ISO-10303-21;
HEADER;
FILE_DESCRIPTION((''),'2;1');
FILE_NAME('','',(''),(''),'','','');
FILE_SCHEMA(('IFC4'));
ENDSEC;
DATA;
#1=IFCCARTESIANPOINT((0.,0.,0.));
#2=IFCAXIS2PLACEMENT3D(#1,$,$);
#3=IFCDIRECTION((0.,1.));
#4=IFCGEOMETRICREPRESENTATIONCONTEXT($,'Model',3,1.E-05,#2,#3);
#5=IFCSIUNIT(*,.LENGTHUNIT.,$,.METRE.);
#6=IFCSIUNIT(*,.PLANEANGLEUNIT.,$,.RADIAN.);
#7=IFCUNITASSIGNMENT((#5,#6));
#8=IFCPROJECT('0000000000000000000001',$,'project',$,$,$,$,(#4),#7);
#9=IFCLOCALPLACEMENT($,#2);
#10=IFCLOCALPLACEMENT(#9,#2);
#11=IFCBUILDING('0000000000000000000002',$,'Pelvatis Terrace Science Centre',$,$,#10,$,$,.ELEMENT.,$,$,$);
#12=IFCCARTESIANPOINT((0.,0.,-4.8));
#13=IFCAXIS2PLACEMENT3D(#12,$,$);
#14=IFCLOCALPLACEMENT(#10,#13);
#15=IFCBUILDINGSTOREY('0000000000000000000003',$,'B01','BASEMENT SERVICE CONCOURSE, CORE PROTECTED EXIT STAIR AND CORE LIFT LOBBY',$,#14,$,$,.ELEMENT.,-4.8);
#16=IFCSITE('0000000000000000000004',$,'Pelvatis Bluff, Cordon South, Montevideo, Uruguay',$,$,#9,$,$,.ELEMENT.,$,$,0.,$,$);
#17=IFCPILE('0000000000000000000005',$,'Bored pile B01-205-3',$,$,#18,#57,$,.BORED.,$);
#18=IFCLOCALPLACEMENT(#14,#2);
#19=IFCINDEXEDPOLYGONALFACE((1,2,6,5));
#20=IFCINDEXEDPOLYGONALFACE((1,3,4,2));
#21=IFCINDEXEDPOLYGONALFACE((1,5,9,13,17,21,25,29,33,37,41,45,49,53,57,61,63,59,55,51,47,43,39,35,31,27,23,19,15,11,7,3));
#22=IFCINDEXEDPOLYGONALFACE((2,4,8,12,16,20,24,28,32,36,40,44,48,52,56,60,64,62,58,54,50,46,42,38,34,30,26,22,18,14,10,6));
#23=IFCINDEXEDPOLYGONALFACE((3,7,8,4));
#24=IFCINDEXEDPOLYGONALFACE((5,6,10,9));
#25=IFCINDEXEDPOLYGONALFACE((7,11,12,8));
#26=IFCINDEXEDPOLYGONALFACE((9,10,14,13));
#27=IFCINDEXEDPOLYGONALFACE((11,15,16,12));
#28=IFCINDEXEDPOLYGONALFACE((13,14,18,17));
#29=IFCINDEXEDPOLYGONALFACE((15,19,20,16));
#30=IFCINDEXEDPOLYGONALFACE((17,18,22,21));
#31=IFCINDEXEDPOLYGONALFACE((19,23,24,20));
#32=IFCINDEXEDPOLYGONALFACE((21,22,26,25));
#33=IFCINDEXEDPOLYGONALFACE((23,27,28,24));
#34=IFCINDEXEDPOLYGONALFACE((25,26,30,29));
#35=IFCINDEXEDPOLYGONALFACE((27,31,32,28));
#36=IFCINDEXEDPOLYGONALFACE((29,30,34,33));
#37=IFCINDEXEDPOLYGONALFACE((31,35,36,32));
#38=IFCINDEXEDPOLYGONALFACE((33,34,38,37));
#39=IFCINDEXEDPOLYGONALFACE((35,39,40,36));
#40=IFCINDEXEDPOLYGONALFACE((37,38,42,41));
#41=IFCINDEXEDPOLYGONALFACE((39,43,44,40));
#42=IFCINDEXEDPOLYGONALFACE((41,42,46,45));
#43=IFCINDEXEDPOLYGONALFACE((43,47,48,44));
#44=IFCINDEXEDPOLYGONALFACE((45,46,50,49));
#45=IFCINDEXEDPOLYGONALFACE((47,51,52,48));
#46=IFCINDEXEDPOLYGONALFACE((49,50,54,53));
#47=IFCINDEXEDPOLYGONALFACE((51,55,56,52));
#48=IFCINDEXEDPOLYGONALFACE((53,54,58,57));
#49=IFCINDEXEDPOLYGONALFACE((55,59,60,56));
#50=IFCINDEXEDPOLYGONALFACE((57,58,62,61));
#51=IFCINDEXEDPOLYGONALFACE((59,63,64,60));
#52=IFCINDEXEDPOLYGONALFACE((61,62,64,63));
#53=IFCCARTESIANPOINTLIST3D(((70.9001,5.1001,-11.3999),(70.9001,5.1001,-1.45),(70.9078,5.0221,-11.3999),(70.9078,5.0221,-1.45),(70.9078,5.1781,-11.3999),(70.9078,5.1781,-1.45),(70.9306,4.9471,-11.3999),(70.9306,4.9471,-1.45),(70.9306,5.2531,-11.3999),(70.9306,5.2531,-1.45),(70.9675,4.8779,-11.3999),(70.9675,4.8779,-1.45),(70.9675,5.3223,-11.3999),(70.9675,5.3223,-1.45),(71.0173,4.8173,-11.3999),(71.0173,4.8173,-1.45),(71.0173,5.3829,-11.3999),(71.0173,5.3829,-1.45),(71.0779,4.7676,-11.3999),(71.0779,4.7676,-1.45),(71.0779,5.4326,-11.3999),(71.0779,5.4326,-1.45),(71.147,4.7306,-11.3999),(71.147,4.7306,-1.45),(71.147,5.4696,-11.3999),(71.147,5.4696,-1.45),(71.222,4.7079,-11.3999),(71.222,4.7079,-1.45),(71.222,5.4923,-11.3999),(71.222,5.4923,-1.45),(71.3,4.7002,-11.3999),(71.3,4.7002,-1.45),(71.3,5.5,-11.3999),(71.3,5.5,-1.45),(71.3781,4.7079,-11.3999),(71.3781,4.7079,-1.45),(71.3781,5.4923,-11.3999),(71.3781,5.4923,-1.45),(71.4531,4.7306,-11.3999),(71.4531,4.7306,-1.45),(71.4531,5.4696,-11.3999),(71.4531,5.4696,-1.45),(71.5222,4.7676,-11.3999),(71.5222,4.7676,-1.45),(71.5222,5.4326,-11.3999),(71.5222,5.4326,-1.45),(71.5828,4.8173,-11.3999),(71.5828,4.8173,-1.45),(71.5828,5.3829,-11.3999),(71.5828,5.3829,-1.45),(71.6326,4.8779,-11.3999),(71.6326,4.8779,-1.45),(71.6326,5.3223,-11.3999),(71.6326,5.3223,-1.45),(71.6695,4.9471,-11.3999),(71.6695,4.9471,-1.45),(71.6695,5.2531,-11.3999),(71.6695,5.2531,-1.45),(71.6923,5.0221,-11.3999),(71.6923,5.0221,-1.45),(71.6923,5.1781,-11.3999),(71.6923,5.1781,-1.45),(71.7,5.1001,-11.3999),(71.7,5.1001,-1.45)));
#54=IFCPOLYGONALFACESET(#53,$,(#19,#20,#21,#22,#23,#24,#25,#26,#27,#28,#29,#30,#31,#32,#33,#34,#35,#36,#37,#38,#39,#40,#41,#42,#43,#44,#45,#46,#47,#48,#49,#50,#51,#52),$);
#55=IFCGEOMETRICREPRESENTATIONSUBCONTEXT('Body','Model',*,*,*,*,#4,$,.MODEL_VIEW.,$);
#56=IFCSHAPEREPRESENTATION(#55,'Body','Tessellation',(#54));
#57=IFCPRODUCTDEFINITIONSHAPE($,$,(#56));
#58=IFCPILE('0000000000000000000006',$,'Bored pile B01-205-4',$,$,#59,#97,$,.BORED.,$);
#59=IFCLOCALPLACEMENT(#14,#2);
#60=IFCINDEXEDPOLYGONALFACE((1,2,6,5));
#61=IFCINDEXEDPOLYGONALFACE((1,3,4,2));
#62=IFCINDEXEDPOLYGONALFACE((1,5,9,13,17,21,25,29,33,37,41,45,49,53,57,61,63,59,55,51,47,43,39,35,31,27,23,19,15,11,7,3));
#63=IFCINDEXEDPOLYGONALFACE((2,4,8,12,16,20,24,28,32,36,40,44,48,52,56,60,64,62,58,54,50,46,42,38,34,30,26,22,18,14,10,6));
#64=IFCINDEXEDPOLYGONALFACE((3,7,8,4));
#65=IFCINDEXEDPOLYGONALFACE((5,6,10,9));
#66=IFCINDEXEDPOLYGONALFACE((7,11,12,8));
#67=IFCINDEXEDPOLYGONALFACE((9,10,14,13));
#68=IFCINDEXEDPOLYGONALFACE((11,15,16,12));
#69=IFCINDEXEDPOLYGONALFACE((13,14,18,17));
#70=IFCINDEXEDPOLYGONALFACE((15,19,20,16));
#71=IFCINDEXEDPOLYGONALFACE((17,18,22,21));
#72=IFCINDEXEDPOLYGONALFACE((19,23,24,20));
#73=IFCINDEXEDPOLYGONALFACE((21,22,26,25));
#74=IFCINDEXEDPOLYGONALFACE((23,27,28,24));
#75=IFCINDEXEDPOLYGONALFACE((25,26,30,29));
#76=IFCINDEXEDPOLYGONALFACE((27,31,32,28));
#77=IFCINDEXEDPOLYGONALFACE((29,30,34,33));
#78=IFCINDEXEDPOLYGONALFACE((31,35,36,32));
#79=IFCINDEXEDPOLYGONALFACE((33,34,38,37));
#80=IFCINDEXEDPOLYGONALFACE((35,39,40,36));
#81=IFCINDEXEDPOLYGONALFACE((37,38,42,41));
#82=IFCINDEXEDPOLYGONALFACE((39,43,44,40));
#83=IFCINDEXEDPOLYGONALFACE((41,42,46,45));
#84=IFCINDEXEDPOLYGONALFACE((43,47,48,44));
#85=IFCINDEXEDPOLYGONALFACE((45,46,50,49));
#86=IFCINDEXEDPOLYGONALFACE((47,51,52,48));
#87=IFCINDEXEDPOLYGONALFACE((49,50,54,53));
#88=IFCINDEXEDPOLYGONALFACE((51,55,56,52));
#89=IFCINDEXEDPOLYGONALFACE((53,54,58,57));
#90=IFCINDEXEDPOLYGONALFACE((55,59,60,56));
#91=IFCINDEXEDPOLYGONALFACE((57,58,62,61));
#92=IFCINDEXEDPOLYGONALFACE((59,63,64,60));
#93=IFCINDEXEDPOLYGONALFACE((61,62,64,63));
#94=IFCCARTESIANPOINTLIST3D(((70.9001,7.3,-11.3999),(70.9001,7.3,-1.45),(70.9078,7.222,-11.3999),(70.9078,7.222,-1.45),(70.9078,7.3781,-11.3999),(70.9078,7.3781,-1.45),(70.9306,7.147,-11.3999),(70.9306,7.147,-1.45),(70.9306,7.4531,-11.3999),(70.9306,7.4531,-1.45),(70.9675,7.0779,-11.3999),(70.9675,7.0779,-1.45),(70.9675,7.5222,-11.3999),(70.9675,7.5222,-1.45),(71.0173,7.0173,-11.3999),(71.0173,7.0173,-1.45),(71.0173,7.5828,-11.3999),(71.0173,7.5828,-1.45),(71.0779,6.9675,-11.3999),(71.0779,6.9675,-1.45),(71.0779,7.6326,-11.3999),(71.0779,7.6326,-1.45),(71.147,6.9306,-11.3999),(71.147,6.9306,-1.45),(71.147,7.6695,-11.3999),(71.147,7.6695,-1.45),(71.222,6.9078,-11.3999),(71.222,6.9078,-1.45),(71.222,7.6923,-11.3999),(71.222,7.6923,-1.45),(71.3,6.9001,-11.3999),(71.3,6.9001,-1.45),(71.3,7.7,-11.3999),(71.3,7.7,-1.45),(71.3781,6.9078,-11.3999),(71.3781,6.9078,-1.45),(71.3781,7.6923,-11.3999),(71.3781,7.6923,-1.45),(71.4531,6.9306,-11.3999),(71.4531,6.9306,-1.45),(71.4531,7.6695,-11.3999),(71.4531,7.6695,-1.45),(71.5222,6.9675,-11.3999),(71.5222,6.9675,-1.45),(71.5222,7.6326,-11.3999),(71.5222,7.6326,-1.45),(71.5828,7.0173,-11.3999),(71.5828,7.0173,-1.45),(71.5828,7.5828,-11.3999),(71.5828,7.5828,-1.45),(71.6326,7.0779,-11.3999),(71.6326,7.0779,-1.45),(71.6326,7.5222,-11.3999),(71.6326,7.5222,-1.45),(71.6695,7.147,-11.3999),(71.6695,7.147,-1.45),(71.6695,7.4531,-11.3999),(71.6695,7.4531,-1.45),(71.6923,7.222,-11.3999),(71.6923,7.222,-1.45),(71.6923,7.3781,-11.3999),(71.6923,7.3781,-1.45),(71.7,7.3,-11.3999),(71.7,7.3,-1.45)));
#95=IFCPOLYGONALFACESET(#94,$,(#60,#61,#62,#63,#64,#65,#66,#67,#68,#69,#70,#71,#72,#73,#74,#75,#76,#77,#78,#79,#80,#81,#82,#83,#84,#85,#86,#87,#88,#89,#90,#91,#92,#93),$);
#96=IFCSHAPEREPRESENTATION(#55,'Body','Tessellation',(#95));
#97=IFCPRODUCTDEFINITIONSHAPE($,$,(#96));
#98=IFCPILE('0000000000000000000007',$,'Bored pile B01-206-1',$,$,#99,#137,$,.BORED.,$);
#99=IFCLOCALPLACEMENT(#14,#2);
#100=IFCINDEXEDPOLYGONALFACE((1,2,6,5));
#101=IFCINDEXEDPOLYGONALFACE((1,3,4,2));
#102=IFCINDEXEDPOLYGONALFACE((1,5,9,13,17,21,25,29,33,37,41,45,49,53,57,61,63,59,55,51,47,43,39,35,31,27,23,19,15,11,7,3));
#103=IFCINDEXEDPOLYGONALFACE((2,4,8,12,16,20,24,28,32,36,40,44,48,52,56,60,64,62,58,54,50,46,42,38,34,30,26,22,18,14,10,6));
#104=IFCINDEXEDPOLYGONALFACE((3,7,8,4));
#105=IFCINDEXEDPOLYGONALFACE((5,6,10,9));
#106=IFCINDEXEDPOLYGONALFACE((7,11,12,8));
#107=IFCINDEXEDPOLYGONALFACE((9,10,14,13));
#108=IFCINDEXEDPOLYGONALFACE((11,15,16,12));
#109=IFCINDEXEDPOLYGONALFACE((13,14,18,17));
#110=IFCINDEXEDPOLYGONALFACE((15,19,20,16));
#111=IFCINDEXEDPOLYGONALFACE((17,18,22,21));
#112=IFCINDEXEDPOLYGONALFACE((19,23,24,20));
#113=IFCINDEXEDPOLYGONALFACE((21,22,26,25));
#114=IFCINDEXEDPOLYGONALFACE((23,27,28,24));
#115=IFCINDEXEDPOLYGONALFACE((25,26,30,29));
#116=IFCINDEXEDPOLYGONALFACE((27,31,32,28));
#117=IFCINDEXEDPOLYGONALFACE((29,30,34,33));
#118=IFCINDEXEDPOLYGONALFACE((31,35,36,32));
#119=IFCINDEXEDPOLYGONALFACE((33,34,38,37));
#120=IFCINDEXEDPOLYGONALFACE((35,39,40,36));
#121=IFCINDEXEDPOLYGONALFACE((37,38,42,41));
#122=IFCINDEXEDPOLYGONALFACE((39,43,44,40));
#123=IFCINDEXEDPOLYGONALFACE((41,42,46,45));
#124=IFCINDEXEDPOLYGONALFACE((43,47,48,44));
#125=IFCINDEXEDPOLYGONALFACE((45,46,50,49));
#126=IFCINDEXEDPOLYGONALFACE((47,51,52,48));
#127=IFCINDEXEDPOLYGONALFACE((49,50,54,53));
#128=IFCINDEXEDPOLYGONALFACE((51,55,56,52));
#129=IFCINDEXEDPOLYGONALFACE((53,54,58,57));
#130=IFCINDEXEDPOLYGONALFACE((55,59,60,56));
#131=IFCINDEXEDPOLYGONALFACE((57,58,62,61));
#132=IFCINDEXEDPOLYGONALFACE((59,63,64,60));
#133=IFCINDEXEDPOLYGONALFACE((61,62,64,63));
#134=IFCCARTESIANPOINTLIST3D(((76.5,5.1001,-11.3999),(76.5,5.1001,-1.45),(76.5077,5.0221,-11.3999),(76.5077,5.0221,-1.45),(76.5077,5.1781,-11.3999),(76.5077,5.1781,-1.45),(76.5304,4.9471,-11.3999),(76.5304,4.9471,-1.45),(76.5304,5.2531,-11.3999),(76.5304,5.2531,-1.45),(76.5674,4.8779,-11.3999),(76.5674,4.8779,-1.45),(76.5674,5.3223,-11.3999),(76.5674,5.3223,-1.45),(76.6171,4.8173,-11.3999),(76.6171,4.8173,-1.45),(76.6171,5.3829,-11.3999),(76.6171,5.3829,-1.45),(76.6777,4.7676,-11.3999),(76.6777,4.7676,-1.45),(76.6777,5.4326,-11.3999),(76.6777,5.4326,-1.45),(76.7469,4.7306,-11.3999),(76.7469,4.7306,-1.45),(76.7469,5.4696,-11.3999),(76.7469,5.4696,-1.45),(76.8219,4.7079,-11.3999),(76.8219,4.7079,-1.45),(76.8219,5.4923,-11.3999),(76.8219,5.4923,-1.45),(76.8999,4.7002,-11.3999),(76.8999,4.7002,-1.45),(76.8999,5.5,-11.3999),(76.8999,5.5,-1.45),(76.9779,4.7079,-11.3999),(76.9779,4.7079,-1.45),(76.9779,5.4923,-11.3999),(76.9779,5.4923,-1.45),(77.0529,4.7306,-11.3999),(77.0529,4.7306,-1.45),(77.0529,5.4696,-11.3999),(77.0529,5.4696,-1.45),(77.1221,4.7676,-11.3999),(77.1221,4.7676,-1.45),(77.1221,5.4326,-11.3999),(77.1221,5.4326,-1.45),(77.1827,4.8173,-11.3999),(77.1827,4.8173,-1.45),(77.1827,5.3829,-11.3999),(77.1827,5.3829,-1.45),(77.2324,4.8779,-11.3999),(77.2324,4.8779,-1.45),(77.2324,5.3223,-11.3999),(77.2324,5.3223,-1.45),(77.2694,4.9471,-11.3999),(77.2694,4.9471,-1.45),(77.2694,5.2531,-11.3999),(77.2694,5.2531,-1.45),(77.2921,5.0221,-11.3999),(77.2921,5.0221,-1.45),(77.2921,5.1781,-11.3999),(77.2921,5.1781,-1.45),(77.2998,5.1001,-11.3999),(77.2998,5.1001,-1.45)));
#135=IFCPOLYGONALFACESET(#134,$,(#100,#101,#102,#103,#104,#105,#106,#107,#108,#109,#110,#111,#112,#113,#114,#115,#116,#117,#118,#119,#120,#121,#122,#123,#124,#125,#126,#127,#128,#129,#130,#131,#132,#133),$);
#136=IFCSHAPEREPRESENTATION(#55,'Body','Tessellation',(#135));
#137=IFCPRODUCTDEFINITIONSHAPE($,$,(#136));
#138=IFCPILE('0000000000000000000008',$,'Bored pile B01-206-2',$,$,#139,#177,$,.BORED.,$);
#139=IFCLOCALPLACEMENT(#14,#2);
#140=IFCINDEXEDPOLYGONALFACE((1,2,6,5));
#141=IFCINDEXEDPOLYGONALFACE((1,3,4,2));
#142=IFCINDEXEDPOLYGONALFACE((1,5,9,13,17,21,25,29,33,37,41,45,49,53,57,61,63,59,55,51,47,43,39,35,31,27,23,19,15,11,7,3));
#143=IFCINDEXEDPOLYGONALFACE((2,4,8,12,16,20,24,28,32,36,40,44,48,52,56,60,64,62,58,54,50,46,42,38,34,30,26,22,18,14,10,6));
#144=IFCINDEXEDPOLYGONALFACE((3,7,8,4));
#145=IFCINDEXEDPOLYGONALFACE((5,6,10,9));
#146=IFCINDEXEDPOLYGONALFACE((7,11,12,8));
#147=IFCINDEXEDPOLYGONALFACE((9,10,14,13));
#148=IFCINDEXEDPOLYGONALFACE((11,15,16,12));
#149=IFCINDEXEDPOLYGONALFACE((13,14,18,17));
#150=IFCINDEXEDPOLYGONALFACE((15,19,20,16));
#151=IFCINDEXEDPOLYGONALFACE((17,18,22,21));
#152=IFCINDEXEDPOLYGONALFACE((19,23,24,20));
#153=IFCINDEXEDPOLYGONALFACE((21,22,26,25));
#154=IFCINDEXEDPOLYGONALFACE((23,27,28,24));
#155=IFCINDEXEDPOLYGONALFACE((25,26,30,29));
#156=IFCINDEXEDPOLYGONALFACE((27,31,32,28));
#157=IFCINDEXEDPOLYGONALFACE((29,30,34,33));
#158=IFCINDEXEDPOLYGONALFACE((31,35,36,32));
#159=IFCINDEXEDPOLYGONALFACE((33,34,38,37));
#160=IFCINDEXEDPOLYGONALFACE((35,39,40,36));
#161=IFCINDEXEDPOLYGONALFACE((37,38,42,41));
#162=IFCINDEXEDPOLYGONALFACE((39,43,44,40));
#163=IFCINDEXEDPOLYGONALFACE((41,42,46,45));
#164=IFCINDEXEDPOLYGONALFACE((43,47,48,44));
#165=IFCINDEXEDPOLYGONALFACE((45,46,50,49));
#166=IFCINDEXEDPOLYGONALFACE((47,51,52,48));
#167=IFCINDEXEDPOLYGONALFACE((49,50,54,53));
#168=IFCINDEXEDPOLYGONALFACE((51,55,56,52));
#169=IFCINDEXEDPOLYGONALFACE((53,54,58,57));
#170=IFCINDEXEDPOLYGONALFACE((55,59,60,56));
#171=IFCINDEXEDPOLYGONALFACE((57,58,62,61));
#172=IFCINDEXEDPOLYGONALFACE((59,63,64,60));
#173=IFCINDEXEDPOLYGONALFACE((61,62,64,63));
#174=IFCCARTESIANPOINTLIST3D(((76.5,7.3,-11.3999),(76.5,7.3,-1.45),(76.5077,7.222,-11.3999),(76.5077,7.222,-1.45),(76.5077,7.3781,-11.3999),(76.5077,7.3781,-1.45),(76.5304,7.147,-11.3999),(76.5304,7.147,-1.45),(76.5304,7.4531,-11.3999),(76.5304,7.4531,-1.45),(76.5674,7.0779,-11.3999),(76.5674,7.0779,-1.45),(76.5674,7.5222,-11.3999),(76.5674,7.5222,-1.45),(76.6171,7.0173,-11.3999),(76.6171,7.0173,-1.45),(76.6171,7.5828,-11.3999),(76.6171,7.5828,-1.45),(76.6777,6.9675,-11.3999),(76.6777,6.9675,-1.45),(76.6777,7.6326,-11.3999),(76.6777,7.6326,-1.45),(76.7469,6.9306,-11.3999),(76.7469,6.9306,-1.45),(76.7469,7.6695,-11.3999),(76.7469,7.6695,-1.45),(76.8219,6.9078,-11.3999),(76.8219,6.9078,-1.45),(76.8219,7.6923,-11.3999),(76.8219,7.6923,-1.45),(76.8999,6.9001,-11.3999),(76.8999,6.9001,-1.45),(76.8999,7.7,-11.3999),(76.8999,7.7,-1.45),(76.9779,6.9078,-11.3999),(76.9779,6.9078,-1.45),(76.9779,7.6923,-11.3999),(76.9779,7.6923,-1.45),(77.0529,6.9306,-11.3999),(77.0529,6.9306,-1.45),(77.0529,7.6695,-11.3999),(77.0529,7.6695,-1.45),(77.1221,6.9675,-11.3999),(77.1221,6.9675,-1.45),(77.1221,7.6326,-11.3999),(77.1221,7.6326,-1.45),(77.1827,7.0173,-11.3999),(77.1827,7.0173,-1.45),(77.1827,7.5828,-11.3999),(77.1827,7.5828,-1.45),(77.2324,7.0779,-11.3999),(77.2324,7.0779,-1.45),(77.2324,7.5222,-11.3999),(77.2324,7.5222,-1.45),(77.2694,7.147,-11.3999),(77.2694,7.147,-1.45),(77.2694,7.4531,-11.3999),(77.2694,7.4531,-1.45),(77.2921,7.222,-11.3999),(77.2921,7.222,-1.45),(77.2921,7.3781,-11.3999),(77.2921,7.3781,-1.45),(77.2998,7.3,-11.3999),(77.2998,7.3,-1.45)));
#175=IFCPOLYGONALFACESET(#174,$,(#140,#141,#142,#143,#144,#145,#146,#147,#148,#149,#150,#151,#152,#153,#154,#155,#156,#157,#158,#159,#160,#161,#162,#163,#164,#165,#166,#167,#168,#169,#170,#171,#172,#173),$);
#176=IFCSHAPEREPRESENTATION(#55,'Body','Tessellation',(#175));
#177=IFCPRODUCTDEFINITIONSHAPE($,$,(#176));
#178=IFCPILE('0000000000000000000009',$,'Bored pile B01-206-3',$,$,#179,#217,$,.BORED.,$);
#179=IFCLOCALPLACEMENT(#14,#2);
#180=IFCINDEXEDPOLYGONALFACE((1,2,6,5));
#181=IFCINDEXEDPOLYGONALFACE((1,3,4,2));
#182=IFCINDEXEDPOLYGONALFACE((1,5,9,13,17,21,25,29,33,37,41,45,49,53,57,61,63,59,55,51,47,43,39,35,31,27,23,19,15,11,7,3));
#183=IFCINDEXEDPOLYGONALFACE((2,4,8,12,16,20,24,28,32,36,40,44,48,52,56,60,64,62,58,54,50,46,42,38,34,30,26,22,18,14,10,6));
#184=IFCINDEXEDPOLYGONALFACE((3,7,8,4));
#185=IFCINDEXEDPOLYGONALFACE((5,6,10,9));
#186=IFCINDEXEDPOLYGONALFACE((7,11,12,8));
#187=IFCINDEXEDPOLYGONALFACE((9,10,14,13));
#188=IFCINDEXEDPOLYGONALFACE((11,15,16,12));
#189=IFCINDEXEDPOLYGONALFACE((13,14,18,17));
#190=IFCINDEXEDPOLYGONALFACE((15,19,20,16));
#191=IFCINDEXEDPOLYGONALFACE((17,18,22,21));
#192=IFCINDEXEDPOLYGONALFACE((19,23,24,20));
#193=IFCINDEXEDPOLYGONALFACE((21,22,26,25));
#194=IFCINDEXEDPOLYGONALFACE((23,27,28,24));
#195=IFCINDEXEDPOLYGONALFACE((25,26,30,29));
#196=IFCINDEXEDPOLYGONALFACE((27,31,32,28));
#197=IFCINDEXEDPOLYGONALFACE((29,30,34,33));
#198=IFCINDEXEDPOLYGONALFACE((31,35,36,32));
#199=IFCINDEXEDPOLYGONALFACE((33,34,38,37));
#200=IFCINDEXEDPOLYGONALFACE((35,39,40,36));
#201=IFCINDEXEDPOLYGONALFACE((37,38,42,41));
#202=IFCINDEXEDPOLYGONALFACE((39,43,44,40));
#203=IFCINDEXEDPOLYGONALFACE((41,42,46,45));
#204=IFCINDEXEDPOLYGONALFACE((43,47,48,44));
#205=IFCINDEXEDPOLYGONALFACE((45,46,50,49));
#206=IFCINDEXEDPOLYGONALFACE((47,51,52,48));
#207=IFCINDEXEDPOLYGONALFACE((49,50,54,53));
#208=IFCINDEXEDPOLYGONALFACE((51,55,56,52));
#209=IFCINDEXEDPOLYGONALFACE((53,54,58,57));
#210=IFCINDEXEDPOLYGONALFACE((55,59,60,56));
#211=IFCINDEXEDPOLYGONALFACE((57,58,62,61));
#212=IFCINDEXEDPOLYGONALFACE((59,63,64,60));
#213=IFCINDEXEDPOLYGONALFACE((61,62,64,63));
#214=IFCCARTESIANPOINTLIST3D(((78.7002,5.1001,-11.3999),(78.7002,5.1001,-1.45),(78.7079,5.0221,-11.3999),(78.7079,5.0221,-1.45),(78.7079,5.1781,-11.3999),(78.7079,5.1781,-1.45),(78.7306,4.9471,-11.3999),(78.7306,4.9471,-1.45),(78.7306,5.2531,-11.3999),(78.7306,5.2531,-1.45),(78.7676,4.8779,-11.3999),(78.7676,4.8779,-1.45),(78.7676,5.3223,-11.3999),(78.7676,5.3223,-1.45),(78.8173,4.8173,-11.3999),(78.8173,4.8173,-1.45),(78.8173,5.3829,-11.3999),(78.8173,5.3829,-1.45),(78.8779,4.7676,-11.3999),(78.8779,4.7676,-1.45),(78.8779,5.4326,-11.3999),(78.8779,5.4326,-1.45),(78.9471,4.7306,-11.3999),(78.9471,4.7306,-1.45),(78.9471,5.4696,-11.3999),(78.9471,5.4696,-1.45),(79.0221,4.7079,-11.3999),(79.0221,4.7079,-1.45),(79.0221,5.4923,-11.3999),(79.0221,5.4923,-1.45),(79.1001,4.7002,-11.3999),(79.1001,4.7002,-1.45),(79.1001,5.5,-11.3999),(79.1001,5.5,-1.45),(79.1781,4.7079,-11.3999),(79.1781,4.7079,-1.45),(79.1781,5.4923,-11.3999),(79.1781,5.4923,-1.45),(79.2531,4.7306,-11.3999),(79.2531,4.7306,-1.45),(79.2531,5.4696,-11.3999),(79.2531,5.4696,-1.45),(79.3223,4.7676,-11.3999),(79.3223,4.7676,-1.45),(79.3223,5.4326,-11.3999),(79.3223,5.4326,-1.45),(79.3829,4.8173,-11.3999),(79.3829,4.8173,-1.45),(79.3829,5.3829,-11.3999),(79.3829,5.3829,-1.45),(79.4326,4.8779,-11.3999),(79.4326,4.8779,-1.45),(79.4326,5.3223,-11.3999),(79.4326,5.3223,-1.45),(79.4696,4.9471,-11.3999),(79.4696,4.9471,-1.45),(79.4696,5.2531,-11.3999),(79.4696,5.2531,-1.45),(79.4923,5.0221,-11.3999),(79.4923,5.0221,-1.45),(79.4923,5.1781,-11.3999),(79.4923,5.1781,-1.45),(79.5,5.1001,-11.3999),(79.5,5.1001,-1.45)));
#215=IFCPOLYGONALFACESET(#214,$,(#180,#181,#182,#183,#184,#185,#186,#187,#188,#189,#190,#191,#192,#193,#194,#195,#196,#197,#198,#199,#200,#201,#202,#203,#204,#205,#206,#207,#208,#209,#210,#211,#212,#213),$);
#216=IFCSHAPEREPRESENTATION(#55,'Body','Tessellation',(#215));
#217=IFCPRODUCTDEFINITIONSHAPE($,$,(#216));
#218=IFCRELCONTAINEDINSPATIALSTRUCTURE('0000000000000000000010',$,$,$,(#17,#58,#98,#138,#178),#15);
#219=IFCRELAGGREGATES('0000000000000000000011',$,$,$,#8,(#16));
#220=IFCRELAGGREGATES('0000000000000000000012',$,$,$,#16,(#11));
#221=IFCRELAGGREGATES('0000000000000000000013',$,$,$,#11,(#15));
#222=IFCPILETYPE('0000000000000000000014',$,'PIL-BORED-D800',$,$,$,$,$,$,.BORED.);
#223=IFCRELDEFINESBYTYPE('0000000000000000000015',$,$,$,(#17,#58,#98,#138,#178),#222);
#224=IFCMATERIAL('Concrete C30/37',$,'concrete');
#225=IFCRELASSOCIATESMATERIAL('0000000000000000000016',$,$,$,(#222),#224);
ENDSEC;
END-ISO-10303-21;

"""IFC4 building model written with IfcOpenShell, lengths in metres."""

from ifc_helpers import new_model, si_unit, direction, frame, origin, origin_2d, place, context, subcontext, project, spatial, circle, extrude, material, material_profile, profile_set, type_object, element, save


model = new_model("IFC4")

# Units and contexts
model_context = context("Model", 3, precision=1e-05, world=origin(), true_north=direction((0.0, 1.0)))
body_context = subcontext(model_context, "Body", "Model", "MODEL_VIEW")
ifc_project = project(units=[si_unit("LENGTHUNIT", "METRE"), si_unit("PLANEANGLEUNIT", "RADIAN")], contexts=[model_context])

# Site, building, storey
site_placement = place(None, origin())
site = spatial("IfcSite", under=ifc_project, at=site_placement, Name="Pelvatis Bluff, Cordon South, Montevideo, Uruguay", CompositionType="ELEMENT", RefElevation=0.0)
building_placement = place(site_placement, origin())
building = spatial("IfcBuilding", under=site, at=building_placement, Name="Pelvatis Terrace Science Centre", CompositionType="ELEMENT")
storey_placement = place(building_placement, frame((0.0, 0.0, -4.8)))
storey = spatial("IfcBuildingStorey", under=building, at=storey_placement, Name="B01", Description="BASEMENT SERVICE CONCOURSE, CORE PROTECTED EXIT STAIR AND CORE LIFT LOBBY", CompositionType="ELEMENT", Elevation=-4.8)

# Piles
ifc_material_1 = material(Name="Concrete C30/37", Category="concrete")
ifc_material_profile_1 = material_profile(ifc_material_1, circle(Radius=0.3999, at=origin_2d()), Name="PILE D800")
ifc_profile_set_1 = profile_set([ifc_material_profile_1], Name="Concrete C30/37")
pile_type = type_object("IfcPileType", Name="PIL-BORED-D800", PredefinedType="BORED", material=ifc_profile_set_1)
for number, where, z_axis, x_axis, name in (
    (1, (71.3, 5.1001, -1.45), (0.0, 0.0, -1.0), (1.0, 0.0, 0.0), "Bored pile B01-205-3"),
    (2, (71.3, 7.3, -1.45), (0.0, 0.0, -1.0), (1.0, 0.0, 0.0), "Bored pile B01-205-4"),
    (3, (76.8999, 5.1001, -1.45), (0.0, 0.0, -1.0), (1.0, 0.0, 0.0), "Bored pile B01-206-1"),
    (4, (76.8999, 7.3, -1.45), (0.0, 0.0, -1.0), (1.0, 0.0, 0.0), "Bored pile B01-206-2"),
    (5, (79.1001, 5.1001, -1.45), (0.0, 0.0, -1.0), (1.0, 0.0, 0.0), "Bored pile B01-206-3"),
):
    element("IfcPile", number, at=place(storey_placement, frame(where, z_axis=z_axis, x_axis=x_axis)), inside=storey, type_object=pile_type, Name=name, PredefinedType="BORED", context=body_context, shape_type="SweptSolid", body=[
        extrude(circle(Radius=0.3999, at=origin_2d()), origin(), (0.0, 0.0, 1.0), 9.95),
    ])

save(model, "model.ifc")
